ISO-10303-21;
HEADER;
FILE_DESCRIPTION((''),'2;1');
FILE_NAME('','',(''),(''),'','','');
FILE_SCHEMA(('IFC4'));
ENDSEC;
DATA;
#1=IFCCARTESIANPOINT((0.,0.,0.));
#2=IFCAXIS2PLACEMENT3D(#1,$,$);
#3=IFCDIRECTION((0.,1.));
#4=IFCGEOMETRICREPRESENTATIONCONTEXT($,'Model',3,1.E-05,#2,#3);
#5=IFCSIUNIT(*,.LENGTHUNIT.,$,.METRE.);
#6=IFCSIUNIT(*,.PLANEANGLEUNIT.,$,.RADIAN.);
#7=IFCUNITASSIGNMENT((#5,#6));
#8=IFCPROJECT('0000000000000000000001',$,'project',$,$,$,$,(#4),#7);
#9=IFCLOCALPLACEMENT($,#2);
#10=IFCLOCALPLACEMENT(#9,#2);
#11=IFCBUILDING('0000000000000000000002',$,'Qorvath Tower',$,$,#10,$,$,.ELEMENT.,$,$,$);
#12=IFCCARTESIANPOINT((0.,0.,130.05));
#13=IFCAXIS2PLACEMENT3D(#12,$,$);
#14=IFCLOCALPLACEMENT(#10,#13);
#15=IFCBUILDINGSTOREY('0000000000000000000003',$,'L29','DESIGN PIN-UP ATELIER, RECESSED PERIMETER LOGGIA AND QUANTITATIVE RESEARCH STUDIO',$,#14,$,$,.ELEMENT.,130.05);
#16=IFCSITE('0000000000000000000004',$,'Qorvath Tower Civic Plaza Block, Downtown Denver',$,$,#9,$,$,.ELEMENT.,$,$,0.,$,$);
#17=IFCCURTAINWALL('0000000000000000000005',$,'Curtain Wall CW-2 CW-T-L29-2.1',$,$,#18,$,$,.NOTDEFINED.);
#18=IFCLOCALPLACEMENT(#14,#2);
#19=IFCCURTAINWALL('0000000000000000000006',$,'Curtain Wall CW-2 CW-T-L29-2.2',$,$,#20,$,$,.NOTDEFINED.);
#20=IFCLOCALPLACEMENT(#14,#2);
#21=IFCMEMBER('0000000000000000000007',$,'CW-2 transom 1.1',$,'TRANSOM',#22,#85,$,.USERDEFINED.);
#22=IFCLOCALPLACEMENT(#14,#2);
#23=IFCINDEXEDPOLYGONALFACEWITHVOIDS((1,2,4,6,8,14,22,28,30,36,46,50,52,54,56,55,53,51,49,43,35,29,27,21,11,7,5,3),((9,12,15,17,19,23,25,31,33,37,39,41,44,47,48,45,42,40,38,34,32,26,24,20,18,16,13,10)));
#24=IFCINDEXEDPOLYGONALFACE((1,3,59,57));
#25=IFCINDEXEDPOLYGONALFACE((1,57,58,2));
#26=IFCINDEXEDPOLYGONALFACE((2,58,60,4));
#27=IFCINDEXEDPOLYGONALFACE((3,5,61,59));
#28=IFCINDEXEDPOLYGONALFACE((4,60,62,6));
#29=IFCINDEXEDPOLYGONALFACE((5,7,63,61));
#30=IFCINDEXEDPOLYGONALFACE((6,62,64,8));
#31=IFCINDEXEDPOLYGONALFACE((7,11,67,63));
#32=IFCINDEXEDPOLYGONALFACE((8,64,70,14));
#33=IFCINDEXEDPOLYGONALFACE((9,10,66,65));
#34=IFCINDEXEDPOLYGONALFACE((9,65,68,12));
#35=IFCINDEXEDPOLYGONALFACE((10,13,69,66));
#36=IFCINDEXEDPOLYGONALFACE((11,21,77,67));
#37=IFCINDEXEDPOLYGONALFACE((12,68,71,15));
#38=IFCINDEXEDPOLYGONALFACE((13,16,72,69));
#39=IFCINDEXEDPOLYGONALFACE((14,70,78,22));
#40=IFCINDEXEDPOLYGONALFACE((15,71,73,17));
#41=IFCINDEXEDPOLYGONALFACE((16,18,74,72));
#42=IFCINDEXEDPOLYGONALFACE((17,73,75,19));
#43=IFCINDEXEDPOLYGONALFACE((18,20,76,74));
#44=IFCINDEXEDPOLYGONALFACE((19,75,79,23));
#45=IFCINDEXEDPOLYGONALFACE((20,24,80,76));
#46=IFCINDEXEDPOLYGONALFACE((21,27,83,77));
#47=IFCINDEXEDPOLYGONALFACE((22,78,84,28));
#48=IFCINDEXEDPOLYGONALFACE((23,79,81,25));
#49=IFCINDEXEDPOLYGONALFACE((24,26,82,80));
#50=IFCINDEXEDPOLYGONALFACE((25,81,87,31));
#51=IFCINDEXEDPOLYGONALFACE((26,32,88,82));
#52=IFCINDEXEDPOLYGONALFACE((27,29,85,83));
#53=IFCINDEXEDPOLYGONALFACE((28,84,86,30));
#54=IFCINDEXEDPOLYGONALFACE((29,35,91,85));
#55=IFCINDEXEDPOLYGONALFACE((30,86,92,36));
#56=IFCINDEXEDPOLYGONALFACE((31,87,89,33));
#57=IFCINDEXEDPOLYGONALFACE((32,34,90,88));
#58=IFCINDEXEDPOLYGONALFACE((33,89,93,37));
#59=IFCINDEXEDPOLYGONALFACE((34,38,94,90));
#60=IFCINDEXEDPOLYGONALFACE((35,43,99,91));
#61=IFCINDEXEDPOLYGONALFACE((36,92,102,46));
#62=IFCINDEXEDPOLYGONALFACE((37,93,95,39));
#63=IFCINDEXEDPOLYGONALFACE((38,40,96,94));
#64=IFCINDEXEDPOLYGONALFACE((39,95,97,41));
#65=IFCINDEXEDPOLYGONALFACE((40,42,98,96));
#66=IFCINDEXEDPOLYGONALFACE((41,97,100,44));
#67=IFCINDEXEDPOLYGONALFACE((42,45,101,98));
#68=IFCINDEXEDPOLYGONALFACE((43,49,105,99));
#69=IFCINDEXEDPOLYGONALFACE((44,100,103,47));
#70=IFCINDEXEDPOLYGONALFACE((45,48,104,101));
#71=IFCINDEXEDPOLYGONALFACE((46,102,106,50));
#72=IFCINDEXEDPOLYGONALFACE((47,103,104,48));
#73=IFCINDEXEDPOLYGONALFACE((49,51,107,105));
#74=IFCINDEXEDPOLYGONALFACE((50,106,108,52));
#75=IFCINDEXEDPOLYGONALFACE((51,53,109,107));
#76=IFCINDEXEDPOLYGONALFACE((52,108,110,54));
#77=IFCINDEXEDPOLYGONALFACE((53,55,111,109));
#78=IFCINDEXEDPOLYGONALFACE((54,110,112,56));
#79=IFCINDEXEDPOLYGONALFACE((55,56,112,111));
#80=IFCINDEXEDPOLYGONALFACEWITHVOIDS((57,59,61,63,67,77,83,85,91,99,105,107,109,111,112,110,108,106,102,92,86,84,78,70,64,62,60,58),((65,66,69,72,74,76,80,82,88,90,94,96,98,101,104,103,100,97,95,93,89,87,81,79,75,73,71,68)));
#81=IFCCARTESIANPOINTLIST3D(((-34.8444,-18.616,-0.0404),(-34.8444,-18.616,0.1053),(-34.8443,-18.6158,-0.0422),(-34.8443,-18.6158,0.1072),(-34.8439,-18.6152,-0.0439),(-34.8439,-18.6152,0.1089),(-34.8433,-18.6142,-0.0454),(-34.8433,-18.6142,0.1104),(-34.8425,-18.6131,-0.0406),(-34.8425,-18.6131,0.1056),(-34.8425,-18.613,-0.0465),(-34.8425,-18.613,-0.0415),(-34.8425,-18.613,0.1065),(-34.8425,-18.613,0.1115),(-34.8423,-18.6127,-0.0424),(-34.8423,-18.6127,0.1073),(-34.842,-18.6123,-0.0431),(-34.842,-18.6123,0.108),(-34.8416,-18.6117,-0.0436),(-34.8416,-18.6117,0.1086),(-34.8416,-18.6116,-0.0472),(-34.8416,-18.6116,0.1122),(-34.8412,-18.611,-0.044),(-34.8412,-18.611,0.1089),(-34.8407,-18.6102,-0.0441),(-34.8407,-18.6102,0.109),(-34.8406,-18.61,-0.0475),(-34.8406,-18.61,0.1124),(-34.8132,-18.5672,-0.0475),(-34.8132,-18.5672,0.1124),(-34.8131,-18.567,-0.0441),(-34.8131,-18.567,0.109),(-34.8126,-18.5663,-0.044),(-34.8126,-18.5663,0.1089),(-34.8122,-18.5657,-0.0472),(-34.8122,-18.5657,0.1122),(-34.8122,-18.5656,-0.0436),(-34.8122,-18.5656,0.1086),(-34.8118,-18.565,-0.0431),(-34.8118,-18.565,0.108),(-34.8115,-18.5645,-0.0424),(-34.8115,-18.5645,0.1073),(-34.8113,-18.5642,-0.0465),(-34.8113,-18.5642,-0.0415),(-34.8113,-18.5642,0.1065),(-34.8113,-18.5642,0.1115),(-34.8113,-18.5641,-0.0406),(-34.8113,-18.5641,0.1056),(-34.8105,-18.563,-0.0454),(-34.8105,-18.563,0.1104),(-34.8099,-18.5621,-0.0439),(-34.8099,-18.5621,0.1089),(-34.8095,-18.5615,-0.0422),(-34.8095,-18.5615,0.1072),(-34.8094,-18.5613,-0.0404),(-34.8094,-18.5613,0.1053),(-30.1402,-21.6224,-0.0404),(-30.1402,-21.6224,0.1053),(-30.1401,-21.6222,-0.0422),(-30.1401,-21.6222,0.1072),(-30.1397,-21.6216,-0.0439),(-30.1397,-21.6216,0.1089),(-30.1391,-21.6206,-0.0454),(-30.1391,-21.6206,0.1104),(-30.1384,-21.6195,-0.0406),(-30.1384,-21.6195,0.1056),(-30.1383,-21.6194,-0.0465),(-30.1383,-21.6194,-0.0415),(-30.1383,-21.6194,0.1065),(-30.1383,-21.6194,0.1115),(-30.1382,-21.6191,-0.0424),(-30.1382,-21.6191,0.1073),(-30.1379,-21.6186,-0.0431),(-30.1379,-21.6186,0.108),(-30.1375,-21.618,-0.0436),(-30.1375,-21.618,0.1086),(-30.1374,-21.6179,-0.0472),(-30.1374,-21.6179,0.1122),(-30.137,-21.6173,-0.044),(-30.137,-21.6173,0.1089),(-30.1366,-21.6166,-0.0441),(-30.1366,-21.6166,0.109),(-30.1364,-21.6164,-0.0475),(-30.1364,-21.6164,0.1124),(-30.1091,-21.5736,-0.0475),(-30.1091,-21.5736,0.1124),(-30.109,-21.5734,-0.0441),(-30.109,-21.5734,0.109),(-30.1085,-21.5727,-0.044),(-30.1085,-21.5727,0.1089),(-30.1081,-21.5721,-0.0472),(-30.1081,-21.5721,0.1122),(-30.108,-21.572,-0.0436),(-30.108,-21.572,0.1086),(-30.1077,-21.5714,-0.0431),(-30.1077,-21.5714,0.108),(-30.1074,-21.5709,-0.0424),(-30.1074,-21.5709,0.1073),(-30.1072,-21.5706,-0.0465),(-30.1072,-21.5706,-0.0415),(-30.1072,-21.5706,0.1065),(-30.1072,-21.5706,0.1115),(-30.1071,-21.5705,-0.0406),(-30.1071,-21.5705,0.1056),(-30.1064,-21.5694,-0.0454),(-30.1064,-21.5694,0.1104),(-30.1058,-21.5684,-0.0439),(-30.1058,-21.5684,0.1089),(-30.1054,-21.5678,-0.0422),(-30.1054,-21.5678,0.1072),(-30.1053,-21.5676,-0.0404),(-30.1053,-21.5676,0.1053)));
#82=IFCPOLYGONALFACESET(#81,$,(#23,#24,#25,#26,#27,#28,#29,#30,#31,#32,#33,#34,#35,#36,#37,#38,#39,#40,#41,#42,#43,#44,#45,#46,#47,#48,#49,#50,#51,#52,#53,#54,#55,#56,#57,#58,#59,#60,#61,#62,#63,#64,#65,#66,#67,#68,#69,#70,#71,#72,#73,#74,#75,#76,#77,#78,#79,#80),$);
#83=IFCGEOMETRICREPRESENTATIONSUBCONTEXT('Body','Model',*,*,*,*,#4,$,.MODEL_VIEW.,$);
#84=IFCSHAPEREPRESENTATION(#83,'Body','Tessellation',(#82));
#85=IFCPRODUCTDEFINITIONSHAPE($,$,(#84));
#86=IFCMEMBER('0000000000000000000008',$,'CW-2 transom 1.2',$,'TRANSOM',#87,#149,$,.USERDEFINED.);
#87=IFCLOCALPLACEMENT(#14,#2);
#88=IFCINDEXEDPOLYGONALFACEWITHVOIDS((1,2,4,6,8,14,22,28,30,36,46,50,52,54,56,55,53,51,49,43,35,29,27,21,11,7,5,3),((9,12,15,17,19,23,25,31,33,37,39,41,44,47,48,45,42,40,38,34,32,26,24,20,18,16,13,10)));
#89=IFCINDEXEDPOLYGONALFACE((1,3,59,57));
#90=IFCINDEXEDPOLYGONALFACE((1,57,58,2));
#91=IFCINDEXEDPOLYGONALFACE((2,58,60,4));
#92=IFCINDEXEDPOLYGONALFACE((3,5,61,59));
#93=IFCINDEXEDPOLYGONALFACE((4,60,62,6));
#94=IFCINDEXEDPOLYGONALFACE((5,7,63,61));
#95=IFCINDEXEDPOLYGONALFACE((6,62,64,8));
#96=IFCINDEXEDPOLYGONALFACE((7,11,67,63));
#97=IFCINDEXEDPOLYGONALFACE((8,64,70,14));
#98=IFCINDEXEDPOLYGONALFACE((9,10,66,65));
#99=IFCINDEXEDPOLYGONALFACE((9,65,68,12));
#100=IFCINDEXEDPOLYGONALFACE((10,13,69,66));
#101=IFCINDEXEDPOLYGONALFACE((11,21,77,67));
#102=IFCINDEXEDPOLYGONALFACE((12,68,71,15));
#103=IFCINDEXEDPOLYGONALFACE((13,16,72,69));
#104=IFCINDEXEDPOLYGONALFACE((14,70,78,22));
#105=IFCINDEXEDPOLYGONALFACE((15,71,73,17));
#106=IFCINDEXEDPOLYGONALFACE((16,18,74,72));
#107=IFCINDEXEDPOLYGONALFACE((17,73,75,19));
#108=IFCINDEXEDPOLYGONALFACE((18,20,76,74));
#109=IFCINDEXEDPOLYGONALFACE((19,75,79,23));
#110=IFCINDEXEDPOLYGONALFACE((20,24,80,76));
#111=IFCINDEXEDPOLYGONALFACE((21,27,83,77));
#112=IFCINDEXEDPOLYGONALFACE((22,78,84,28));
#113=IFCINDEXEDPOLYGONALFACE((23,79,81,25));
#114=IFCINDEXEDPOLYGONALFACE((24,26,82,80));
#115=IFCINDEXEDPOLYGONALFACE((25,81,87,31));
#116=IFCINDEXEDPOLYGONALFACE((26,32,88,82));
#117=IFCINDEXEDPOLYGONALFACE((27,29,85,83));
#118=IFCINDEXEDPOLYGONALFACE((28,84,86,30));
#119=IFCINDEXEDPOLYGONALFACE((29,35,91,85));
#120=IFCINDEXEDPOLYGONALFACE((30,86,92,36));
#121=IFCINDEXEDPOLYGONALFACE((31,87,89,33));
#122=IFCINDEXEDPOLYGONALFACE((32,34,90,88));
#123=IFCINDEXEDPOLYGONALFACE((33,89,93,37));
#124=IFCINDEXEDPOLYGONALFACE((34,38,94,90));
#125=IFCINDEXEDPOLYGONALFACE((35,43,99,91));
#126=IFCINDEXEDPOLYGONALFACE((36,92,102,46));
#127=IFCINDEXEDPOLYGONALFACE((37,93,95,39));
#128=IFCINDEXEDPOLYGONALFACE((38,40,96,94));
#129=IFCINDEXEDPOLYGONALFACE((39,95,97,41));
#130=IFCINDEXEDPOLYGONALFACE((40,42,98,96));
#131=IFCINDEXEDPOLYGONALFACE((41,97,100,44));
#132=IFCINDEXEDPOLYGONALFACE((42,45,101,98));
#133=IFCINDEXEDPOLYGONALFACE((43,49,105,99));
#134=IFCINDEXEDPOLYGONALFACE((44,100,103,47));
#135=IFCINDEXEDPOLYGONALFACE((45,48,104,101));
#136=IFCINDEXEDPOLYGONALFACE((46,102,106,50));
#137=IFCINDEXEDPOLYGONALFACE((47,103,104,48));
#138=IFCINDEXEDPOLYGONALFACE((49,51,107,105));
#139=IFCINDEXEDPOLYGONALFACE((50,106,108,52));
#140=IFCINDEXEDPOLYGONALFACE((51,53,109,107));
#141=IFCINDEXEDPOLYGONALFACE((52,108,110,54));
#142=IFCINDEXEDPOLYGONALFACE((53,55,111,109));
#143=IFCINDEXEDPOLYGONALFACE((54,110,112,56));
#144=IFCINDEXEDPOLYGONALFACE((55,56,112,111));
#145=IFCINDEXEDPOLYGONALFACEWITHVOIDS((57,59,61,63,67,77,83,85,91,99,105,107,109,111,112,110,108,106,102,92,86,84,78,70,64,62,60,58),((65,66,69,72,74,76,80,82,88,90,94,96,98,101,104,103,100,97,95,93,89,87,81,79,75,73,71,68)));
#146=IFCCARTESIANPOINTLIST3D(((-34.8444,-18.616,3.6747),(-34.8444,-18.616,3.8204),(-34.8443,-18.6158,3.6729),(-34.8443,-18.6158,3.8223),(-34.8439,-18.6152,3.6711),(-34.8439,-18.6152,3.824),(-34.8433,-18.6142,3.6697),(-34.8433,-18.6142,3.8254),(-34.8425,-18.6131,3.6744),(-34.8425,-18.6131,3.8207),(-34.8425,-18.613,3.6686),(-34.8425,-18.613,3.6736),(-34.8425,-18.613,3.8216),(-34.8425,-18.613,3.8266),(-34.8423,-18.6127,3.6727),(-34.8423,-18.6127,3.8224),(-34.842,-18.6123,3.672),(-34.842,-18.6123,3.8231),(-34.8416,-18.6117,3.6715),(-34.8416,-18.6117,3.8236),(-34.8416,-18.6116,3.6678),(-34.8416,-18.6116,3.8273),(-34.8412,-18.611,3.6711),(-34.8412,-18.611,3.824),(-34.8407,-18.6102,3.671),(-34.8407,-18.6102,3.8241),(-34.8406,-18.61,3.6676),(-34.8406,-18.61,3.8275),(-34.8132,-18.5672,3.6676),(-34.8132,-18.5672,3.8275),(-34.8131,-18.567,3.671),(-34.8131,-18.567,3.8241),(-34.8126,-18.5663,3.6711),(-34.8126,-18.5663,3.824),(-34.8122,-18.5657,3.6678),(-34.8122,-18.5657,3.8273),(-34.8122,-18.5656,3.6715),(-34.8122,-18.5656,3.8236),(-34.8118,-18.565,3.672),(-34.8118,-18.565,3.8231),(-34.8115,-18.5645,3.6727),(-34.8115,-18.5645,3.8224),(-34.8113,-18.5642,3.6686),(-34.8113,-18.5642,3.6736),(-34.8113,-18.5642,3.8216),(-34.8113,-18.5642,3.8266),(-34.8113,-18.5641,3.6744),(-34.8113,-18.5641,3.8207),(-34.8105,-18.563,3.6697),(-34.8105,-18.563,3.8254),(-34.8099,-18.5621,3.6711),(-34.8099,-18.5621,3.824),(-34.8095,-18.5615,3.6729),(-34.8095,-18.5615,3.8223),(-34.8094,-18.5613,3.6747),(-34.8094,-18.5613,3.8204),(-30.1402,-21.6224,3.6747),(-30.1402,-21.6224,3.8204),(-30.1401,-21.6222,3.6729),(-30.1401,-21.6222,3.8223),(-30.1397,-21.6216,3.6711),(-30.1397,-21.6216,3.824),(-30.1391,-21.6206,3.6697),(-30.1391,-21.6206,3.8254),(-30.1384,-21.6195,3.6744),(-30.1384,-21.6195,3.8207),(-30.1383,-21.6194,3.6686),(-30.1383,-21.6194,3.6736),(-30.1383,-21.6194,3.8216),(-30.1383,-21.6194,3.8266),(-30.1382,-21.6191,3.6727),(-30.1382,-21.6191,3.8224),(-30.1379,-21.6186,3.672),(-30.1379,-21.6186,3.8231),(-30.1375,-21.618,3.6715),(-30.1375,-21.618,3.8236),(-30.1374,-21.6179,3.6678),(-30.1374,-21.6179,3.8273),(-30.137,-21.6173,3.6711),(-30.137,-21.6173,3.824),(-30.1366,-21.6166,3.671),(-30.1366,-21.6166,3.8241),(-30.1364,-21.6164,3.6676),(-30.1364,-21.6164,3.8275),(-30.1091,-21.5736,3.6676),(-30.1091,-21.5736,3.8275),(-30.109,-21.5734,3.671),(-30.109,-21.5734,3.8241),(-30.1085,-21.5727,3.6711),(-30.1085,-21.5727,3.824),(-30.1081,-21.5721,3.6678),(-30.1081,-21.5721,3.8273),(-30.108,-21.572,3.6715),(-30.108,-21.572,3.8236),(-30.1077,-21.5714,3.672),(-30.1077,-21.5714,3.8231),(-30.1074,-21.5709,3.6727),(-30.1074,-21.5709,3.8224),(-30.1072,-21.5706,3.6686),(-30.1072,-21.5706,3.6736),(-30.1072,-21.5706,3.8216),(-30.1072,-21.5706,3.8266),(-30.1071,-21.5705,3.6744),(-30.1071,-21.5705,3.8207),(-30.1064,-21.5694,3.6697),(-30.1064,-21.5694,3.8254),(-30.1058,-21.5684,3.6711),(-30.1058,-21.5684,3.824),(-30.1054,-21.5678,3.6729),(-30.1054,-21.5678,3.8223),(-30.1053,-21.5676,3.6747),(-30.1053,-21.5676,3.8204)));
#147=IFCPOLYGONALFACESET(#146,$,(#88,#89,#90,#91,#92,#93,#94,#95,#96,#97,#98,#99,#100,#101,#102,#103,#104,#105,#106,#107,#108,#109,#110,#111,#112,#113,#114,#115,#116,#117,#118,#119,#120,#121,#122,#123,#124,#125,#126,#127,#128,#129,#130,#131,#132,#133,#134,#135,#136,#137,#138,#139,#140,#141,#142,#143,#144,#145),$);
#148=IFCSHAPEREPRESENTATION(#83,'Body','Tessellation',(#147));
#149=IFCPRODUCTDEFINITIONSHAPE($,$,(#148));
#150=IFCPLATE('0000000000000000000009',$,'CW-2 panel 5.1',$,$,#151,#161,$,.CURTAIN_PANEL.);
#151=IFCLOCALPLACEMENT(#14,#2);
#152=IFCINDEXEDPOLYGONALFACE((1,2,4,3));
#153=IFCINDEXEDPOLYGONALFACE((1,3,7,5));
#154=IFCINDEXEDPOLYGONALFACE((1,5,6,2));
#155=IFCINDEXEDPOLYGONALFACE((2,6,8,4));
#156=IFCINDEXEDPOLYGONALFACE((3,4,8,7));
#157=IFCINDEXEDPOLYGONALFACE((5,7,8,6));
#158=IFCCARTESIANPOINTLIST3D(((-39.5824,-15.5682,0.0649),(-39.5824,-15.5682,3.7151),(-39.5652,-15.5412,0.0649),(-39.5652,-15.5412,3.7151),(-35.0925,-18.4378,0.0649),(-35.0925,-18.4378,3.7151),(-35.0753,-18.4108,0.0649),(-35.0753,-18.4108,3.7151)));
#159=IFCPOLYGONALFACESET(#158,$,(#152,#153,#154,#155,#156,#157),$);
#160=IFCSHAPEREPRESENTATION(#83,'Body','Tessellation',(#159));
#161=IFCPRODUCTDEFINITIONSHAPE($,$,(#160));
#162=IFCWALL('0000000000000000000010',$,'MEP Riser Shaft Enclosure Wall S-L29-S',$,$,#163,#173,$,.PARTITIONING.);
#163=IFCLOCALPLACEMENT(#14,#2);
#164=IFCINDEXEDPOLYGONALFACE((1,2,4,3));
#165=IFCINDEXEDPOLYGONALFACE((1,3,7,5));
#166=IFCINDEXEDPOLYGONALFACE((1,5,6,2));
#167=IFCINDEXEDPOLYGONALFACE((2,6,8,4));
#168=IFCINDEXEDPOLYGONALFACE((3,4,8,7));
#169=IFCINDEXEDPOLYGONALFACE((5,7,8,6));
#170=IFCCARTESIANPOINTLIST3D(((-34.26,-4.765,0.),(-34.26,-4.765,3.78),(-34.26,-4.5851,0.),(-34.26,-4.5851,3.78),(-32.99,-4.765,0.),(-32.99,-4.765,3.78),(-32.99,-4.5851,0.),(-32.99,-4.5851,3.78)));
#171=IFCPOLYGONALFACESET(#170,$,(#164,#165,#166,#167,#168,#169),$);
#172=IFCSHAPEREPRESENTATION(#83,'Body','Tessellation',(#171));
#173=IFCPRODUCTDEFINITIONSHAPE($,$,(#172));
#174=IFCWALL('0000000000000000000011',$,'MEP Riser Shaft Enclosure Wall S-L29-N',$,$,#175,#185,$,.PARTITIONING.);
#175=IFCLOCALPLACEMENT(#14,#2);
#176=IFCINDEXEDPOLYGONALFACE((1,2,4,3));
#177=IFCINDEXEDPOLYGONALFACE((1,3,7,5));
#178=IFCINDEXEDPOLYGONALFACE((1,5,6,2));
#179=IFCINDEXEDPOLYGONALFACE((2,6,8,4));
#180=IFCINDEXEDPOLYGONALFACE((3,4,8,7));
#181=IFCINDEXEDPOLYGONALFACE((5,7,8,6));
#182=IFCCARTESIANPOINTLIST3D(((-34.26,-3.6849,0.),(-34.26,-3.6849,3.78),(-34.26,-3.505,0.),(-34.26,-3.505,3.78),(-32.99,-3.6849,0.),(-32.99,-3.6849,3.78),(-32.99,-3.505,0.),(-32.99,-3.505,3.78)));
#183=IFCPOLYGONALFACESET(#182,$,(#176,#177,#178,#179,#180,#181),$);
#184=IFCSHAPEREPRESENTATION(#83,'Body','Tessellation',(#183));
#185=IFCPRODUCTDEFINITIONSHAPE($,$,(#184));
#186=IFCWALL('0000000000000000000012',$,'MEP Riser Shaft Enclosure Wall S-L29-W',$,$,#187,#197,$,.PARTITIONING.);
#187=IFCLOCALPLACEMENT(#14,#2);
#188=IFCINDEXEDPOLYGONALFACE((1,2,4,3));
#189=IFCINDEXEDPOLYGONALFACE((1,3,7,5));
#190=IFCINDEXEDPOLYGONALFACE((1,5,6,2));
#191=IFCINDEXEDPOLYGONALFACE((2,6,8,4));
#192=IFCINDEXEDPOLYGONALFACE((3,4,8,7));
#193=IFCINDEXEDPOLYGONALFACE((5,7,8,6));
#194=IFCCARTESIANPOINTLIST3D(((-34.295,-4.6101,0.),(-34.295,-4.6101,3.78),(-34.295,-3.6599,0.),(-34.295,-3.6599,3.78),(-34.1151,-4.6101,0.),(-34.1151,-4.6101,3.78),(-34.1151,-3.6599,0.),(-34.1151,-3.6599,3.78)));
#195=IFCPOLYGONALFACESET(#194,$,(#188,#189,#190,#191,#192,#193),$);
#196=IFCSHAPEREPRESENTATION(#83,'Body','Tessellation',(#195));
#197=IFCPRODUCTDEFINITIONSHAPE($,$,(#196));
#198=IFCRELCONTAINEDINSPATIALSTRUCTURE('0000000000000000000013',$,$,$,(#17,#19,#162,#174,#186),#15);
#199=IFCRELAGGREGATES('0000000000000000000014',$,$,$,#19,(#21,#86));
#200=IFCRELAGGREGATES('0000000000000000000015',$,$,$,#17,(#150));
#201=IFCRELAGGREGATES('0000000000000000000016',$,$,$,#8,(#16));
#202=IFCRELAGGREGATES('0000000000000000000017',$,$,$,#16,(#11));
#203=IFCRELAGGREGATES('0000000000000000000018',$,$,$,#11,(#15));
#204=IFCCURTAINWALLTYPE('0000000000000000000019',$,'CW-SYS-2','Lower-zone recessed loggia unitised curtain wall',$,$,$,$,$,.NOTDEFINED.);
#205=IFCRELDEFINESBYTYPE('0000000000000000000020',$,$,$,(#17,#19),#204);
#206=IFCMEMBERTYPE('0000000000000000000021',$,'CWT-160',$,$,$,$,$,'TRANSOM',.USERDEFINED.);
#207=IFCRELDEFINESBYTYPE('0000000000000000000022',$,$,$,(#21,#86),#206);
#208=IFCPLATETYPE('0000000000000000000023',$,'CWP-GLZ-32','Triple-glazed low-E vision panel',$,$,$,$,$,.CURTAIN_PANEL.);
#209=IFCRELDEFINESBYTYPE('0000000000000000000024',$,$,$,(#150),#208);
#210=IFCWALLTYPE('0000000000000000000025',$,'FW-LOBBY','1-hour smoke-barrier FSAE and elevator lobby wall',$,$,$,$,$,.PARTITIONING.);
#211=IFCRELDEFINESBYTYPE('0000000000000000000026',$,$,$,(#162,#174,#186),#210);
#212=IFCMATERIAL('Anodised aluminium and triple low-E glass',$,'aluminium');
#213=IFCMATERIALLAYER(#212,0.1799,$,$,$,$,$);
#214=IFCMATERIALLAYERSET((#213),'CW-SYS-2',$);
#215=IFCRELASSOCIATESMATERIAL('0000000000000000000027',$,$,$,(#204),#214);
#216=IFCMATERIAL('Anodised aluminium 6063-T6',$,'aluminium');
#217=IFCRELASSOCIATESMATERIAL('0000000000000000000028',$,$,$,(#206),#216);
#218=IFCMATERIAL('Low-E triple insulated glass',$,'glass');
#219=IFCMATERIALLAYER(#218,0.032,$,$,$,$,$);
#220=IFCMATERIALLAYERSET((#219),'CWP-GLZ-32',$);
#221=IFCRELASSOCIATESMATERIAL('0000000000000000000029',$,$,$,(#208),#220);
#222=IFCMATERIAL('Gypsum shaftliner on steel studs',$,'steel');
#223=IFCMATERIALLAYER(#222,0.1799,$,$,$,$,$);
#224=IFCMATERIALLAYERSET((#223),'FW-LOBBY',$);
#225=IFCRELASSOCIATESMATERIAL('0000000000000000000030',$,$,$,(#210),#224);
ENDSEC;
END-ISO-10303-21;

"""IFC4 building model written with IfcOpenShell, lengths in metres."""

from ifc_helpers import new_model, si_unit, direction, frame, frame_2d, origin, origin_2d, place, context, subcontext, project, spatial, rectangle, hollow_rectangle, extrude, material, layer, layer_set, material_profile, profile_set, type_object, element, aggregate, save


model = new_model("IFC4")

# Units and contexts
model_context = context("Model", 3, precision=1e-05, world=origin(), true_north=direction((0.0, 1.0)))
body_context = subcontext(model_context, "Body", "Model", "MODEL_VIEW")
ifc_project = project(units=[si_unit("LENGTHUNIT", "METRE"), si_unit("PLANEANGLEUNIT", "RADIAN")], contexts=[model_context])

# Site, building, storey
site_placement = place(None, origin())
site = spatial("IfcSite", under=ifc_project, at=site_placement, Name="Qorvath Tower Civic Plaza Block, Downtown Denver", CompositionType="ELEMENT", RefElevation=0.0)
building_placement = place(site_placement, origin())
building = spatial("IfcBuilding", under=site, at=building_placement, Name="Qorvath Tower", CompositionType="ELEMENT")
storey_placement = place(building_placement, frame((0.0, 0.0, 130.05)))
storey = spatial("IfcBuildingStorey", under=building, at=storey_placement, Name="L29", Description="DESIGN PIN-UP ATELIER, RECESSED PERIMETER LOGGIA AND QUANTITATIVE RESEARCH STUDIO", CompositionType="ELEMENT", Elevation=130.05)

# Curtain wall
ifc_material_1 = material(Name="Anodised aluminium and triple low-E glass", Category="aluminium")
ifc_layer_1 = layer(ifc_material_1, 0.1799)
ifc_layer_set_1 = layer_set([ifc_layer_1], Name="CW-SYS-2")
curtain_wall_type = type_object("IfcCurtainWallType", Name="CW-SYS-2", Description="Lower-zone recessed loggia unitised curtain wall", PredefinedType="NOTDEFINED", material=ifc_layer_set_1)
curtain_wall_1_placement = place(storey_placement, origin())
curtain_wall_1 = element("IfcCurtainWall", 1, at=curtain_wall_1_placement, inside=storey, type_object=curtain_wall_type, Name="Curtain Wall CW-2 CW-T-L29-2.1", PredefinedType="NOTDEFINED")

# Curtain wall, members
curtain_wall_2_placement = place(storey_placement, origin())
curtain_wall_2 = element("IfcCurtainWall", 2, at=curtain_wall_2_placement, inside=storey, type_object=curtain_wall_type, Name="Curtain Wall CW-2 CW-T-L29-2.2", PredefinedType="NOTDEFINED")
ifc_material_2 = material(Name="Anodised aluminium 6063-T6", Category="aluminium")
ifc_material_profile_1 = material_profile(ifc_material_2, hollow_rectangle(XDim=0.0649, YDim=0.1599, WallThickness=0.0034, InnerFilletRadius=0.0034, OuterFilletRadius=0.0071, at=origin_2d()), Name="CWT 160x65")
ifc_profile_set_1 = profile_set([ifc_material_profile_1], Name="Anodised aluminium 6063-T6")
member_type_1 = type_object("IfcMemberType", Name="CWT-160", ElementType="TRANSOM", PredefinedType="USERDEFINED", material=ifc_profile_set_1)
member_1_placement = place(storey_placement, frame((-34.8269, -18.5886, 0.0325), z_axis=(0.842619, -0.53851, 0.0), x_axis=(0.53851, 0.842619, 0.0)))
member_1 = element("IfcMember", 3, at=member_1_placement, type_object=member_type_1, Name="CW-2 transom 1.1", ObjectType="TRANSOM", PredefinedType="USERDEFINED", context=body_context, shape_type="SweptSolid", body=[
    extrude(hollow_rectangle(XDim=0.0649, YDim=0.1599, WallThickness=0.0034, InnerFilletRadius=0.0034, OuterFilletRadius=0.0071, at=origin_2d()), origin(), (0.0, 0.0, 1.0), 5.5828),
])
member_2_placement = place(storey_placement, frame((-34.8269, -18.5886, 3.7476), z_axis=(0.842619, -0.53851, 0.0), x_axis=(0.53851, 0.842619, 0.0)))
member_2 = element("IfcMember", 4, at=member_2_placement, type_object=member_type_1, Name="CW-2 transom 1.2", ObjectType="TRANSOM", PredefinedType="USERDEFINED", context=body_context, shape_type="SweptSolid", body=[
    extrude(hollow_rectangle(XDim=0.0649, YDim=0.1599, WallThickness=0.0034, InnerFilletRadius=0.0034, OuterFilletRadius=0.0071, at=origin_2d()), origin(), (0.0, 0.0, 1.0), 5.5828),
])
aggregate(curtain_wall_2, [member_1, member_2])

# Plate
ifc_material_3 = material(Name="Low-E triple insulated glass", Category="glass")
ifc_layer_2 = layer(ifc_material_3, 0.032)
ifc_layer_set_2 = layer_set([ifc_layer_2], Name="CWP-GLZ-32")
plate_type = type_object("IfcPlateType", Name="CWP-GLZ-32", Description="Triple-glazed low-E vision panel", PredefinedType="CURTAIN_PANEL", material=ifc_layer_set_2)
plate_placement = place(storey_placement, frame((-37.3289, -16.9895, 0.0649), z_axis=(0.0, 0.0, 1.0), x_axis=(0.842604, -0.538534, 0.0)))
plate = element("IfcPlate", 5, at=plate_placement, type_object=plate_type, Name="CW-2 panel 5.1", PredefinedType="CURTAIN_PANEL", context=body_context, shape_type="SweptSolid", body=[
    extrude(rectangle(XDim=5.3286, YDim=0.032, at=origin_2d()), origin(), (0.0, 0.0, 1.0), 3.6501),
])
aggregate(curtain_wall_1, [plate])

# Walls
ifc_material_4 = material(Name="Gypsum shaftliner on steel studs", Category="steel")
ifc_layer_3 = layer(ifc_material_4, 0.1799)
ifc_layer_set_3 = layer_set([ifc_layer_3], Name="FW-LOBBY")
wall_type_1 = type_object("IfcWallType", Name="FW-LOBBY", Description="1-hour smoke-barrier FSAE and elevator lobby wall", PredefinedType="PARTITIONING", material=ifc_layer_set_3)
for number, where, z_axis, x_axis, name in (
    (6, (-32.99, -4.675, 0.0), (0.0, 0.0, 1.0), (-1.0, 0.0, 0.0), "MEP Riser Shaft Enclosure Wall S-L29-S"),
    (7, (-34.26, -3.595, 0.0), (0.0, 0.0, 1.0), (1.0, 0.0, 0.0), "MEP Riser Shaft Enclosure Wall S-L29-N"),
):
    element("IfcWall", number, at=place(storey_placement, frame(where, z_axis=z_axis, x_axis=x_axis)), inside=storey, type_object=wall_type_1, Name=name, PredefinedType="PARTITIONING", context=body_context, shape_type="SweptSolid", body=[
        extrude(rectangle(XDim=1.27, YDim=0.1799, at=frame_2d((0.635, 0.0))), origin(), (0.0, 0.0, 1.0), 3.78),
    ])
for number, where, z_axis, x_axis, name in (
    (8, (-34.2051, -4.6101, 0.0), (0.0, 0.0, 1.0), (0.0, 1.0, 0.0), "MEP Riser Shaft Enclosure Wall S-L29-W"),
):
    element("IfcWall", number, at=place(storey_placement, frame(where, z_axis=z_axis, x_axis=x_axis)), inside=storey, type_object=wall_type_1, Name=name, PredefinedType="PARTITIONING", context=body_context, shape_type="SweptSolid", body=[
        extrude(rectangle(XDim=0.9502, YDim=0.1799, at=frame_2d((0.4751, 0.0))), origin(), (0.0, 0.0, 1.0), 3.78),
    ])

save(model, "model.ifc")
